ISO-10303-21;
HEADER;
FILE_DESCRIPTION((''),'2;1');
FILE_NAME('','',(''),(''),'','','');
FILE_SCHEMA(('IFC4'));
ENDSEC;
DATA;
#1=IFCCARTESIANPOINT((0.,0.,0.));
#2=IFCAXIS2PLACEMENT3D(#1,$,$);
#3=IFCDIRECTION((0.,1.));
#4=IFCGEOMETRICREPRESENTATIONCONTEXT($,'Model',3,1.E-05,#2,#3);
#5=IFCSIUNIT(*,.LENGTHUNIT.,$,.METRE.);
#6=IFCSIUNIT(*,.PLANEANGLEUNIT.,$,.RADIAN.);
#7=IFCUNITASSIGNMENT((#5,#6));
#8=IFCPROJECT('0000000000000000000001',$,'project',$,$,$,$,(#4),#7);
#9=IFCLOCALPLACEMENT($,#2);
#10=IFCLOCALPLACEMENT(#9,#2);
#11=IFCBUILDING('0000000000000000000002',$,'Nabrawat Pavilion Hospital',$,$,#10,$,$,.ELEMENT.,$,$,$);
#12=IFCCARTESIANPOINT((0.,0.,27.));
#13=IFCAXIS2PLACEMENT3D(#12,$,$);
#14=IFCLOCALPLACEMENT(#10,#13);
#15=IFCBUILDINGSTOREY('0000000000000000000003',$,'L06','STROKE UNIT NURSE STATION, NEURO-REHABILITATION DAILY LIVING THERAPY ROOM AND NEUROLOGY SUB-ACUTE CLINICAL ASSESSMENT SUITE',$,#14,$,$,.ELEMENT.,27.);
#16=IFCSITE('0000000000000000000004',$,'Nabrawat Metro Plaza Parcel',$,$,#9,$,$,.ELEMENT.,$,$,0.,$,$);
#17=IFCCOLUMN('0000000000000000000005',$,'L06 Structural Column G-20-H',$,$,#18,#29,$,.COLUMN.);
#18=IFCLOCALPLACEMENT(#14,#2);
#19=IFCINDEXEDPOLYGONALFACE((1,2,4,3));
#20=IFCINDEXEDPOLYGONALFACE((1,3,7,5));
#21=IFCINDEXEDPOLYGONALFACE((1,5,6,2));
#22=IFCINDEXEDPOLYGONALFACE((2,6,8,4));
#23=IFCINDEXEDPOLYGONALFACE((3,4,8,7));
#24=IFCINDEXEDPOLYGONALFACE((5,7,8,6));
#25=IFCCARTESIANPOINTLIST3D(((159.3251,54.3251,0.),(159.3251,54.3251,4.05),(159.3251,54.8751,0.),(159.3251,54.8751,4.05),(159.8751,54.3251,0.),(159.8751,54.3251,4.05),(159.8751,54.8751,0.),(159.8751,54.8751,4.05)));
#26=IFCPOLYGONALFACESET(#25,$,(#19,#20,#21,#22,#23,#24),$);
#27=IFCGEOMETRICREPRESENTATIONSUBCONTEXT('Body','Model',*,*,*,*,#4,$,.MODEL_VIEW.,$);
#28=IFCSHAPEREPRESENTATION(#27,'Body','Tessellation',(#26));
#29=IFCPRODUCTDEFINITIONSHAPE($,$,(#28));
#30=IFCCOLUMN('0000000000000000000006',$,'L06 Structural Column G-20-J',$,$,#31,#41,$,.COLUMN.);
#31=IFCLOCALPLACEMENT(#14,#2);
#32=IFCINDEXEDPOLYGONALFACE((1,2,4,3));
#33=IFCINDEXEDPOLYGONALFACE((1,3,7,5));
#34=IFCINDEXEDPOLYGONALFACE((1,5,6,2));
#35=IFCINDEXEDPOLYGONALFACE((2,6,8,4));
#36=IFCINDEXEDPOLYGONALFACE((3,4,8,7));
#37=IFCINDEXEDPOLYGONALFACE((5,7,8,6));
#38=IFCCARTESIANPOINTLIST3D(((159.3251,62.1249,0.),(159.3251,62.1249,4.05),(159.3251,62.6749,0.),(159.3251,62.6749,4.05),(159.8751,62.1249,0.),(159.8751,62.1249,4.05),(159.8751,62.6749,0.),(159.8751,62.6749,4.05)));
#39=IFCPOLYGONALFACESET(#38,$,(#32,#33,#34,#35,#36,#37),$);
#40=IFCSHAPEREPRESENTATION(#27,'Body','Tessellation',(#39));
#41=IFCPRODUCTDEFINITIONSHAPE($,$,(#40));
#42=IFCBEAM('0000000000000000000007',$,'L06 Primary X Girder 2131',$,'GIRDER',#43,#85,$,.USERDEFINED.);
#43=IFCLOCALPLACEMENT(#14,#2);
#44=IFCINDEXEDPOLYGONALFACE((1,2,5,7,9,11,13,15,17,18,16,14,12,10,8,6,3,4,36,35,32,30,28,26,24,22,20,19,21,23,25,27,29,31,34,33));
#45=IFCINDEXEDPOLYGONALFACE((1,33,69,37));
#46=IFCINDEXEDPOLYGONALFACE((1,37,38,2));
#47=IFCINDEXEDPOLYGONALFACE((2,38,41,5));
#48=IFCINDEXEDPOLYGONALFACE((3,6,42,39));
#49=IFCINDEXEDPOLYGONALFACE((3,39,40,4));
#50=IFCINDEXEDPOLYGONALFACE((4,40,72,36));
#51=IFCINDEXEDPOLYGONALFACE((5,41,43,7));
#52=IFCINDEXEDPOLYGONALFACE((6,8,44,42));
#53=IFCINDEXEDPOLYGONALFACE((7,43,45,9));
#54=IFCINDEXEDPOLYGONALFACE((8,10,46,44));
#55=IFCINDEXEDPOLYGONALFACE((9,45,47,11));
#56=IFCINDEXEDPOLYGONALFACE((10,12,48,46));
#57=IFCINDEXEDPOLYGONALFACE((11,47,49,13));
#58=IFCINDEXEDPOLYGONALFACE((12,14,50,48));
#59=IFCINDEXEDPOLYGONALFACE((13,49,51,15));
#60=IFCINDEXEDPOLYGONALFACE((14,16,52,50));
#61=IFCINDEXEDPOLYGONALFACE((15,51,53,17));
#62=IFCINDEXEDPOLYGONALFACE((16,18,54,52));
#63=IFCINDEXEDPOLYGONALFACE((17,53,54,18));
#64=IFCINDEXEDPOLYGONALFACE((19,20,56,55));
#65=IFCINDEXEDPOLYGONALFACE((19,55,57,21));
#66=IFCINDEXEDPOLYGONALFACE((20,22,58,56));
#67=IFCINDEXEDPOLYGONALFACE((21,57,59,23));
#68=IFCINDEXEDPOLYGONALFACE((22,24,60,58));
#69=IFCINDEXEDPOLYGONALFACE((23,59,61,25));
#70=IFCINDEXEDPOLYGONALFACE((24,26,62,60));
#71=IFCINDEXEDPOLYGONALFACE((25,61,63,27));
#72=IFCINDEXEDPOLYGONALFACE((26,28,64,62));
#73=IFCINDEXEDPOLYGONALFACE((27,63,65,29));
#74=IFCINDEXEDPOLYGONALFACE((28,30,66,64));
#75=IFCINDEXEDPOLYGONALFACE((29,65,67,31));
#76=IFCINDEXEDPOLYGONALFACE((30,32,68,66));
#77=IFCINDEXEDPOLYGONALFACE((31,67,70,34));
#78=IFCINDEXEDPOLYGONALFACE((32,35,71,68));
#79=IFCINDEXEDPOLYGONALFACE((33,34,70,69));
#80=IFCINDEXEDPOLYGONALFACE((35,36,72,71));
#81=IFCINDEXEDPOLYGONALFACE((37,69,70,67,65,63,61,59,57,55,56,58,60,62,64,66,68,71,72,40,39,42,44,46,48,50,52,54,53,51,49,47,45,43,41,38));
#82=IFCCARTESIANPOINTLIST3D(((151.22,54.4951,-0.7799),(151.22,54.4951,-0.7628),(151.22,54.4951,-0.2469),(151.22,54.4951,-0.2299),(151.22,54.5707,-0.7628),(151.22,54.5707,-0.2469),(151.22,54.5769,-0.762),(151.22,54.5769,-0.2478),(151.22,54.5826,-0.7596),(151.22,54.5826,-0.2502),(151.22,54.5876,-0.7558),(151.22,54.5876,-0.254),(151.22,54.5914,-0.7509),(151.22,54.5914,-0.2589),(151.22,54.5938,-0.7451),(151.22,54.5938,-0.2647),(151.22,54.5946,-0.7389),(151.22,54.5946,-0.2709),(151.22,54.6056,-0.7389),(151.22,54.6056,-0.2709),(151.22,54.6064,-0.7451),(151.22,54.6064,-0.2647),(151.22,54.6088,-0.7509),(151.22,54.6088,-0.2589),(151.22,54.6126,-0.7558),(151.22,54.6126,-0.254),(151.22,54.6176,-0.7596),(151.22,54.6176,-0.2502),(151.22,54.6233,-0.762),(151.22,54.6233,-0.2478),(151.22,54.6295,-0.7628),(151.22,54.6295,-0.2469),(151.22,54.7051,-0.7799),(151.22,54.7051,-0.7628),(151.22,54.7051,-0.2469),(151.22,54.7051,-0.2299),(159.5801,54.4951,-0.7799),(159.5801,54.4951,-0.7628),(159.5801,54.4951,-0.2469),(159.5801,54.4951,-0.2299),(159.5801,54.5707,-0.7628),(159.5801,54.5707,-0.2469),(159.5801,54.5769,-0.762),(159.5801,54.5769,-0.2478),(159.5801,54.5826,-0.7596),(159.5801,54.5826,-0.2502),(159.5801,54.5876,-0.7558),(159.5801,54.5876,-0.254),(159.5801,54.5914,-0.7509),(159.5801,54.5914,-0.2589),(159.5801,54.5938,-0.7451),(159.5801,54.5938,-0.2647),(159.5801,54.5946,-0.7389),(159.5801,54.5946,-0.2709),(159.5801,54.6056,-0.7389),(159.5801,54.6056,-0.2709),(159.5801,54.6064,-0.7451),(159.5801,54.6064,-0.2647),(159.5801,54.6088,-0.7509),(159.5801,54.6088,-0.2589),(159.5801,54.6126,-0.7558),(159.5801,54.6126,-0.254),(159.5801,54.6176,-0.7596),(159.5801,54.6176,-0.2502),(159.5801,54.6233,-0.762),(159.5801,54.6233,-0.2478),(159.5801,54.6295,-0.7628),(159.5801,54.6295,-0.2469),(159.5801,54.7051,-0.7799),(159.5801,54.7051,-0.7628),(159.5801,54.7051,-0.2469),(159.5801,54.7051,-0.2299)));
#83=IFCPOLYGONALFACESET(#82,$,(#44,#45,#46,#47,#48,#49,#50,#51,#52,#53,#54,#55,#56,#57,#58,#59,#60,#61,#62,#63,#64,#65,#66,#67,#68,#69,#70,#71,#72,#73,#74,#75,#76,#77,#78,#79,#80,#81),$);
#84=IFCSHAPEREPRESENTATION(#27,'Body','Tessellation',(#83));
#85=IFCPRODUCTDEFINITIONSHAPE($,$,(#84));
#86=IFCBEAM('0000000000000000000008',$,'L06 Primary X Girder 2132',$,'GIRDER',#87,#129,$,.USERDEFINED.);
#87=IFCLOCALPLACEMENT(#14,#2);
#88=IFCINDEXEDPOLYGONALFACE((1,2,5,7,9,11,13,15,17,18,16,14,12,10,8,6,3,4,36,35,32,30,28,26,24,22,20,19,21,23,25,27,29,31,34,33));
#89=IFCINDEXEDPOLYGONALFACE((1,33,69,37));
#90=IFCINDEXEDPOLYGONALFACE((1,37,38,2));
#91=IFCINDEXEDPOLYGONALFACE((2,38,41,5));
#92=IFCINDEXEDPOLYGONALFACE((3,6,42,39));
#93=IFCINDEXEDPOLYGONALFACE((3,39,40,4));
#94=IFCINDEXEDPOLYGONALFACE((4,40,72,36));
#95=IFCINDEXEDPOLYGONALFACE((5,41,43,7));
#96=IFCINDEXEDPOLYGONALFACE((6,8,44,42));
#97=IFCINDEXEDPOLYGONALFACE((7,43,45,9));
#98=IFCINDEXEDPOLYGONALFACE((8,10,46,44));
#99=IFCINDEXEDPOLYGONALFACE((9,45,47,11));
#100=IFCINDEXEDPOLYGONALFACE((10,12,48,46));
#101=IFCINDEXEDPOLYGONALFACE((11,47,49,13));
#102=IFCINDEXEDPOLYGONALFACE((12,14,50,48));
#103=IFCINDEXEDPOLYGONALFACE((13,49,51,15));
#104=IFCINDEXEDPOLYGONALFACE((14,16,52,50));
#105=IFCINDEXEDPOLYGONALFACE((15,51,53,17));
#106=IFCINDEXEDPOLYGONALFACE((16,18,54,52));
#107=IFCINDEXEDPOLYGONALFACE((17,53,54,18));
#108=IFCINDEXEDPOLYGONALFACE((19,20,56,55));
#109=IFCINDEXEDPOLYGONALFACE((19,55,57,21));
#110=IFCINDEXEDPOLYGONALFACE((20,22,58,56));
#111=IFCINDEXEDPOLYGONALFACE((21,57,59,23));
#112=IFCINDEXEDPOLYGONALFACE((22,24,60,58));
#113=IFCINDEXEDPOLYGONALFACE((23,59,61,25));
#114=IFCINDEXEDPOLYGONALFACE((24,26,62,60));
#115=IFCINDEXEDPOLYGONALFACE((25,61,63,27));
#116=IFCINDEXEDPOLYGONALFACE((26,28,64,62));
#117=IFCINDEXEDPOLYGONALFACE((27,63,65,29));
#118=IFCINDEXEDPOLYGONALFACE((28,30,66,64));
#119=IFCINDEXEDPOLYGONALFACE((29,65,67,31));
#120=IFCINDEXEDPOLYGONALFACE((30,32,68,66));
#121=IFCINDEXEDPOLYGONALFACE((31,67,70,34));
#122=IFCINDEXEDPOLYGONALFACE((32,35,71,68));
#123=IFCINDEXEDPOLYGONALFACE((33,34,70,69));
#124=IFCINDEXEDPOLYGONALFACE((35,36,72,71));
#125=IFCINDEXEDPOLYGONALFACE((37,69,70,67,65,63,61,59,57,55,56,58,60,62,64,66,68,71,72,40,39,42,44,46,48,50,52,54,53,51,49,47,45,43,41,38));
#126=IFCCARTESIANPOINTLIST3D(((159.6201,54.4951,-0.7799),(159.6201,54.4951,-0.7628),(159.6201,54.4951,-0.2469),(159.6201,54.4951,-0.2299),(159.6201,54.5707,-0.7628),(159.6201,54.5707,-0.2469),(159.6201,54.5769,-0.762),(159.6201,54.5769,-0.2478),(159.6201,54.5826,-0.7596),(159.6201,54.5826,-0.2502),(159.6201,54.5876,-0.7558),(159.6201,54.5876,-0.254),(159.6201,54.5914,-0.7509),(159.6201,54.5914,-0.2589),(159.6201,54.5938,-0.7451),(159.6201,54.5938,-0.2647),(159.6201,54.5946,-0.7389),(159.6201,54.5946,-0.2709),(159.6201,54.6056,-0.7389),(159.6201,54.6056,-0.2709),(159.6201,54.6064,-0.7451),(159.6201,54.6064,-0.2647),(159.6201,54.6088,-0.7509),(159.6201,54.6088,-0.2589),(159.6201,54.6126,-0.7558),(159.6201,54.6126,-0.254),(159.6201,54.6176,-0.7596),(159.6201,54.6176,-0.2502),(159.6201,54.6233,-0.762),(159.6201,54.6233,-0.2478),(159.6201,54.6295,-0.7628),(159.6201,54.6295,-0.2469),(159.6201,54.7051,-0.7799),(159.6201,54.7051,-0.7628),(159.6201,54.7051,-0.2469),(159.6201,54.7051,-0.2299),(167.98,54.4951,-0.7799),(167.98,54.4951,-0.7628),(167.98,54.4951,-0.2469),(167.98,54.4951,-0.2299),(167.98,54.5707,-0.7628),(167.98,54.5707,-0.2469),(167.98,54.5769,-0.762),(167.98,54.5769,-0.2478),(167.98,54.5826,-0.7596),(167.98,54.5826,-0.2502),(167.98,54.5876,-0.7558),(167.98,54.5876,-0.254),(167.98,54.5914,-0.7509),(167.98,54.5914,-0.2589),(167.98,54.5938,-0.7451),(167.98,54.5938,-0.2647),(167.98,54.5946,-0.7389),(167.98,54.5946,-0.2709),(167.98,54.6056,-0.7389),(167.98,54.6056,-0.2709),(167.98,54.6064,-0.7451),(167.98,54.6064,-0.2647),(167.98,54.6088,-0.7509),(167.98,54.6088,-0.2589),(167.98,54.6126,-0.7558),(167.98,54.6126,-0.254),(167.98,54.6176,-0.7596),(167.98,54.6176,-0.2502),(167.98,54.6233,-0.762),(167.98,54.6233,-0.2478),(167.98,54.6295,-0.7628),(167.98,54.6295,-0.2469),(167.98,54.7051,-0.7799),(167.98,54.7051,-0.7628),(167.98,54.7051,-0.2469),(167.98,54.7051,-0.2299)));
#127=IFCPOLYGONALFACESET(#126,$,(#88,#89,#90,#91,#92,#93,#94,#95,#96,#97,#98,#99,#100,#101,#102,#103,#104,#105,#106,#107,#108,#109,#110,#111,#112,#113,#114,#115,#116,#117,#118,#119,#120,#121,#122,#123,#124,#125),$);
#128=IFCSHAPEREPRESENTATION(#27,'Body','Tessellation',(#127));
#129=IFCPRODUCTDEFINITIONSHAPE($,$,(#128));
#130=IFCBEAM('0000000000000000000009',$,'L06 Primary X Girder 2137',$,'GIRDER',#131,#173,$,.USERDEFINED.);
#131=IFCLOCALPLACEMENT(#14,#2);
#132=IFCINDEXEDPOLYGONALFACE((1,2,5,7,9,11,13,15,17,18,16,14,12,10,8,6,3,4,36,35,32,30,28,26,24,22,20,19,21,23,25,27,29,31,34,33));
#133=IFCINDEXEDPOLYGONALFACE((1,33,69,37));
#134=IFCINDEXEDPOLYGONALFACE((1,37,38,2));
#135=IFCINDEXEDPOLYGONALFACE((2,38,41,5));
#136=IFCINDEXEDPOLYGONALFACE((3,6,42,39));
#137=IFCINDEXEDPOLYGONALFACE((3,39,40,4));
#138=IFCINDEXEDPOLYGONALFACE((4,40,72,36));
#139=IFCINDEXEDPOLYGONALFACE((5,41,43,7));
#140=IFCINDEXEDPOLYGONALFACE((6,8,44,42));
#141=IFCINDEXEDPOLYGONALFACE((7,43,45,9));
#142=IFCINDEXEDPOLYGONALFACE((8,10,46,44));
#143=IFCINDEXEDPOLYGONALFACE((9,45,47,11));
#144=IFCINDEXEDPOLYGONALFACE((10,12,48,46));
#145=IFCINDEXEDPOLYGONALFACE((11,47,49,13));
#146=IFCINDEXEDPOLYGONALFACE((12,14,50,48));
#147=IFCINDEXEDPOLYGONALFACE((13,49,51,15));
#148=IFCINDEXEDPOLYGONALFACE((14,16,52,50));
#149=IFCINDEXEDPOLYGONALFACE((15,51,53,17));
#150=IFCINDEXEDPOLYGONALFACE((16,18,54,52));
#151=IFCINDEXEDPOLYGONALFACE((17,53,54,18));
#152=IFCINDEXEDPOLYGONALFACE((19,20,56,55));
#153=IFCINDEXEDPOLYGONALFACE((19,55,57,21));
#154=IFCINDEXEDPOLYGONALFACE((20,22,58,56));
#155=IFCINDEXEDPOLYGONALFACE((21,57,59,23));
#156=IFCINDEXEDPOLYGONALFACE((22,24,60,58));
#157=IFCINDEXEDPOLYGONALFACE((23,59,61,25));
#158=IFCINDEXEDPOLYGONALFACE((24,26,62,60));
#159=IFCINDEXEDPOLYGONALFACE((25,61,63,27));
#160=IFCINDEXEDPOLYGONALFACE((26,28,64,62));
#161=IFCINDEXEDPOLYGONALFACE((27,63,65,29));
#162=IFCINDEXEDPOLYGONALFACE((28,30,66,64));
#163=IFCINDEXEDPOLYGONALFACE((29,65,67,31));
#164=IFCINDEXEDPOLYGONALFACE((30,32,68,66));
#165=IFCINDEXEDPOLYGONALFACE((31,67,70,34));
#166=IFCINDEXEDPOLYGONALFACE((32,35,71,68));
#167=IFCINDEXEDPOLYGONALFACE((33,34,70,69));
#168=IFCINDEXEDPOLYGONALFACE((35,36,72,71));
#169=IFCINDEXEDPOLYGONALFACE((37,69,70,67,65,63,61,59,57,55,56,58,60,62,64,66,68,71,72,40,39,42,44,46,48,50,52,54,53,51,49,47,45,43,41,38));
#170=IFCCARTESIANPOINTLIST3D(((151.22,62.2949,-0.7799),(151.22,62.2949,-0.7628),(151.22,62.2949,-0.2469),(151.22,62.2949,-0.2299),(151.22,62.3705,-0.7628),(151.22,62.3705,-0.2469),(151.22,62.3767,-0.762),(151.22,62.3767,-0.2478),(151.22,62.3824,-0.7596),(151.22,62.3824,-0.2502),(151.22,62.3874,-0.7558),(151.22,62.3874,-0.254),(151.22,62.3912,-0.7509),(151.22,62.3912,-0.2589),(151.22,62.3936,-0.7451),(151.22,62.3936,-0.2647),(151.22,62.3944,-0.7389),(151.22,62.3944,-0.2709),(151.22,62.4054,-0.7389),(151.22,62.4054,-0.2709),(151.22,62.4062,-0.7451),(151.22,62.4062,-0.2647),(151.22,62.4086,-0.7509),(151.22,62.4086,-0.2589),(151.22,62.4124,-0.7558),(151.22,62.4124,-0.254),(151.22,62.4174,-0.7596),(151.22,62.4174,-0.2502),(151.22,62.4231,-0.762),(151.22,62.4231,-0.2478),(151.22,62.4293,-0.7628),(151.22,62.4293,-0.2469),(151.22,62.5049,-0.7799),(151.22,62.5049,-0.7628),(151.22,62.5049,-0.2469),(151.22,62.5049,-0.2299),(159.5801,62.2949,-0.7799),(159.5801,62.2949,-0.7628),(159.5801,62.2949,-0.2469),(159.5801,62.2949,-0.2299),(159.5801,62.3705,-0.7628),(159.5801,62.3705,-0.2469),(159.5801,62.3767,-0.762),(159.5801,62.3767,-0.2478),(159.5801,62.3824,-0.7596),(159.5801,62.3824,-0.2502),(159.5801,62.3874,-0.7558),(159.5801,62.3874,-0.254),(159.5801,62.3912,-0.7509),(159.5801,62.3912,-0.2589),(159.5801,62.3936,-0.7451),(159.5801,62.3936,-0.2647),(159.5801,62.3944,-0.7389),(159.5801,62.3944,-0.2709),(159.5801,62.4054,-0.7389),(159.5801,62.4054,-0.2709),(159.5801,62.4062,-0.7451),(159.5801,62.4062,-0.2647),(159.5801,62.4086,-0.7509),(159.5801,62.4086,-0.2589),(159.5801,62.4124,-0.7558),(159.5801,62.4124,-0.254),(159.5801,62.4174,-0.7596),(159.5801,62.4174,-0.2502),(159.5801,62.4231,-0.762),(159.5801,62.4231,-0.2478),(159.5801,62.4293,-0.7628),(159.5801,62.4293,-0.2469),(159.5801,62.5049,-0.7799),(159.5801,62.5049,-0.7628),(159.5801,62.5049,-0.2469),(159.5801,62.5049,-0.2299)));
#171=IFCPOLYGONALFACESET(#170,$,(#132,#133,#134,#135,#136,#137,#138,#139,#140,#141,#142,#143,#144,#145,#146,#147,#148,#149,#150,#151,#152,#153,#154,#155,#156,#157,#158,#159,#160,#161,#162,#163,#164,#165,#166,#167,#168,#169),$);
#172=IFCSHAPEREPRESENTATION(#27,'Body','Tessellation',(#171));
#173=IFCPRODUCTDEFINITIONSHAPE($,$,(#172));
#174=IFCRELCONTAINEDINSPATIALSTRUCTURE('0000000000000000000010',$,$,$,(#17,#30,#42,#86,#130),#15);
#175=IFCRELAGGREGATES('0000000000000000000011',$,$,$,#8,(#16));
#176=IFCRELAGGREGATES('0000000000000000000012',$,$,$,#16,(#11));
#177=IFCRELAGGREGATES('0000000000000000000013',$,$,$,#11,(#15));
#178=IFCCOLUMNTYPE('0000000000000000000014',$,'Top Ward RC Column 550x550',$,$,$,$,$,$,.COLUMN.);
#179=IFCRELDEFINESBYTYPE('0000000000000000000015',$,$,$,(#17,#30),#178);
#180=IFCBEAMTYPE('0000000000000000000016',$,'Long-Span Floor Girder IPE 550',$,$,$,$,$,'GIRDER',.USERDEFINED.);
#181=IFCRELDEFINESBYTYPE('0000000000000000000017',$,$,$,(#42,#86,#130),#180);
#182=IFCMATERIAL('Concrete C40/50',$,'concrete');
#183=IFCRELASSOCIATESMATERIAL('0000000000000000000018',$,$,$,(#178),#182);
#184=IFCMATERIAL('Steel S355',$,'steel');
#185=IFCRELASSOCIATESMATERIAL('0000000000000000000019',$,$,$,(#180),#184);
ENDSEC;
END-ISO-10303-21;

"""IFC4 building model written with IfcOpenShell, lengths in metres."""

from ifc_helpers import new_model, si_unit, direction, frame, origin, origin_2d, place, context, subcontext, project, spatial, rectangle, i_section, extrude, material, material_profile, profile_set, type_object, element, save


model = new_model("IFC4")

# Units and contexts
model_context = context("Model", 3, precision=1e-05, world=origin(), true_north=direction((0.0, 1.0)))
body_context = subcontext(model_context, "Body", "Model", "MODEL_VIEW")
ifc_project = project(units=[si_unit("LENGTHUNIT", "METRE"), si_unit("PLANEANGLEUNIT", "RADIAN")], contexts=[model_context])

# Site, building, storey
site_placement = place(None, origin())
site = spatial("IfcSite", under=ifc_project, at=site_placement, Name="Nabrawat Metro Plaza Parcel", CompositionType="ELEMENT", RefElevation=0.0)
building_placement = place(site_placement, origin())
building = spatial("IfcBuilding", under=site, at=building_placement, Name="Nabrawat Pavilion Hospital", CompositionType="ELEMENT")
storey_placement = place(building_placement, frame((0.0, 0.0, 27.0)))
storey = spatial("IfcBuildingStorey", under=building, at=storey_placement, Name="L06", Description="STROKE UNIT NURSE STATION, NEURO-REHABILITATION DAILY LIVING THERAPY ROOM AND NEUROLOGY SUB-ACUTE CLINICAL ASSESSMENT SUITE", CompositionType="ELEMENT", Elevation=27.0)

# Columns
ifc_material_1 = material(Name="Concrete C40/50", Category="concrete")
ifc_material_profile_1 = material_profile(ifc_material_1, rectangle(XDim=0.55, YDim=0.55, at=origin_2d()), Name="RC 550x550")
ifc_profile_set_1 = profile_set([ifc_material_profile_1], Name="Concrete C40/50")
column_type = type_object("IfcColumnType", Name="Top Ward RC Column 550x550", PredefinedType="COLUMN", material=ifc_profile_set_1)
for number, where, z_axis, x_axis, name in (
    (1, (159.6001, 54.6001, 0.0), (0.0, 0.0, 1.0), (1.0, 0.0, 0.0), "L06 Structural Column G-20-H"),
    (2, (159.6001, 62.3999, 0.0), (0.0, 0.0, 1.0), (1.0, 0.0, 0.0), "L06 Structural Column G-20-J"),
):
    element("IfcColumn", number, at=place(storey_placement, frame(where, z_axis=z_axis, x_axis=x_axis)), inside=storey, type_object=column_type, Name=name, PredefinedType="COLUMN", context=body_context, shape_type="SweptSolid", body=[
        extrude(rectangle(XDim=0.55, YDim=0.55, at=origin_2d()), origin(), (0.0, 0.0, 1.0), 4.05),
    ])

# Beams
ifc_material_2 = material(Name="Steel S355", Category="steel")
ifc_material_profile_2 = material_profile(ifc_material_2, i_section(OverallWidth=0.21, OverallDepth=0.55, WebThickness=0.011, FlangeThickness=0.0171, FilletRadius=0.0239, at=origin_2d()), Name="IPE 550")
ifc_profile_set_2 = profile_set([ifc_material_profile_2], Name="Steel S355")
beam_type_1 = type_object("IfcBeamType", Name="Long-Span Floor Girder IPE 550", ElementType="GIRDER", PredefinedType="USERDEFINED", material=ifc_profile_set_2)
beam_1_placement = place(storey_placement, frame((151.22, 54.6001, -0.5049), z_axis=(1.0, 0.0, 0.0), x_axis=(0.0, 1.0, 0.0)))
element("IfcBeam", 3, at=beam_1_placement, inside=storey, type_object=beam_type_1, Name="L06 Primary X Girder 2131", ObjectType="GIRDER", PredefinedType="USERDEFINED", context=body_context, shape_type="SweptSolid", body=[
    extrude(i_section(OverallWidth=0.21, OverallDepth=0.55, WebThickness=0.011, FlangeThickness=0.0171, FilletRadius=0.0239, at=origin_2d()), origin(), (0.0, 0.0, 1.0), 8.3601),
])
beam_2_placement = place(storey_placement, frame((159.6201, 54.6001, -0.5049), z_axis=(1.0, 0.0, 0.0), x_axis=(0.0, 1.0, 0.0)))
element("IfcBeam", 4, at=beam_2_placement, inside=storey, type_object=beam_type_1, Name="L06 Primary X Girder 2132", ObjectType="GIRDER", PredefinedType="USERDEFINED", context=body_context, shape_type="SweptSolid", body=[
    extrude(i_section(OverallWidth=0.21, OverallDepth=0.55, WebThickness=0.011, FlangeThickness=0.0171, FilletRadius=0.0239, at=origin_2d()), origin(), (0.0, 0.0, 1.0), 8.3599),
])
beam_3_placement = place(storey_placement, frame((151.22, 62.3999, -0.5049), z_axis=(1.0, 0.0, 0.0), x_axis=(0.0, 1.0, 0.0)))
element("IfcBeam", 5, at=beam_3_placement, inside=storey, type_object=beam_type_1, Name="L06 Primary X Girder 2137", ObjectType="GIRDER", PredefinedType="USERDEFINED", context=body_context, shape_type="SweptSolid", body=[
    extrude(i_section(OverallWidth=0.21, OverallDepth=0.55, WebThickness=0.011, FlangeThickness=0.0171, FilletRadius=0.0239, at=origin_2d()), origin(), (0.0, 0.0, 1.0), 8.3601),
])

save(model, "model.ifc")
